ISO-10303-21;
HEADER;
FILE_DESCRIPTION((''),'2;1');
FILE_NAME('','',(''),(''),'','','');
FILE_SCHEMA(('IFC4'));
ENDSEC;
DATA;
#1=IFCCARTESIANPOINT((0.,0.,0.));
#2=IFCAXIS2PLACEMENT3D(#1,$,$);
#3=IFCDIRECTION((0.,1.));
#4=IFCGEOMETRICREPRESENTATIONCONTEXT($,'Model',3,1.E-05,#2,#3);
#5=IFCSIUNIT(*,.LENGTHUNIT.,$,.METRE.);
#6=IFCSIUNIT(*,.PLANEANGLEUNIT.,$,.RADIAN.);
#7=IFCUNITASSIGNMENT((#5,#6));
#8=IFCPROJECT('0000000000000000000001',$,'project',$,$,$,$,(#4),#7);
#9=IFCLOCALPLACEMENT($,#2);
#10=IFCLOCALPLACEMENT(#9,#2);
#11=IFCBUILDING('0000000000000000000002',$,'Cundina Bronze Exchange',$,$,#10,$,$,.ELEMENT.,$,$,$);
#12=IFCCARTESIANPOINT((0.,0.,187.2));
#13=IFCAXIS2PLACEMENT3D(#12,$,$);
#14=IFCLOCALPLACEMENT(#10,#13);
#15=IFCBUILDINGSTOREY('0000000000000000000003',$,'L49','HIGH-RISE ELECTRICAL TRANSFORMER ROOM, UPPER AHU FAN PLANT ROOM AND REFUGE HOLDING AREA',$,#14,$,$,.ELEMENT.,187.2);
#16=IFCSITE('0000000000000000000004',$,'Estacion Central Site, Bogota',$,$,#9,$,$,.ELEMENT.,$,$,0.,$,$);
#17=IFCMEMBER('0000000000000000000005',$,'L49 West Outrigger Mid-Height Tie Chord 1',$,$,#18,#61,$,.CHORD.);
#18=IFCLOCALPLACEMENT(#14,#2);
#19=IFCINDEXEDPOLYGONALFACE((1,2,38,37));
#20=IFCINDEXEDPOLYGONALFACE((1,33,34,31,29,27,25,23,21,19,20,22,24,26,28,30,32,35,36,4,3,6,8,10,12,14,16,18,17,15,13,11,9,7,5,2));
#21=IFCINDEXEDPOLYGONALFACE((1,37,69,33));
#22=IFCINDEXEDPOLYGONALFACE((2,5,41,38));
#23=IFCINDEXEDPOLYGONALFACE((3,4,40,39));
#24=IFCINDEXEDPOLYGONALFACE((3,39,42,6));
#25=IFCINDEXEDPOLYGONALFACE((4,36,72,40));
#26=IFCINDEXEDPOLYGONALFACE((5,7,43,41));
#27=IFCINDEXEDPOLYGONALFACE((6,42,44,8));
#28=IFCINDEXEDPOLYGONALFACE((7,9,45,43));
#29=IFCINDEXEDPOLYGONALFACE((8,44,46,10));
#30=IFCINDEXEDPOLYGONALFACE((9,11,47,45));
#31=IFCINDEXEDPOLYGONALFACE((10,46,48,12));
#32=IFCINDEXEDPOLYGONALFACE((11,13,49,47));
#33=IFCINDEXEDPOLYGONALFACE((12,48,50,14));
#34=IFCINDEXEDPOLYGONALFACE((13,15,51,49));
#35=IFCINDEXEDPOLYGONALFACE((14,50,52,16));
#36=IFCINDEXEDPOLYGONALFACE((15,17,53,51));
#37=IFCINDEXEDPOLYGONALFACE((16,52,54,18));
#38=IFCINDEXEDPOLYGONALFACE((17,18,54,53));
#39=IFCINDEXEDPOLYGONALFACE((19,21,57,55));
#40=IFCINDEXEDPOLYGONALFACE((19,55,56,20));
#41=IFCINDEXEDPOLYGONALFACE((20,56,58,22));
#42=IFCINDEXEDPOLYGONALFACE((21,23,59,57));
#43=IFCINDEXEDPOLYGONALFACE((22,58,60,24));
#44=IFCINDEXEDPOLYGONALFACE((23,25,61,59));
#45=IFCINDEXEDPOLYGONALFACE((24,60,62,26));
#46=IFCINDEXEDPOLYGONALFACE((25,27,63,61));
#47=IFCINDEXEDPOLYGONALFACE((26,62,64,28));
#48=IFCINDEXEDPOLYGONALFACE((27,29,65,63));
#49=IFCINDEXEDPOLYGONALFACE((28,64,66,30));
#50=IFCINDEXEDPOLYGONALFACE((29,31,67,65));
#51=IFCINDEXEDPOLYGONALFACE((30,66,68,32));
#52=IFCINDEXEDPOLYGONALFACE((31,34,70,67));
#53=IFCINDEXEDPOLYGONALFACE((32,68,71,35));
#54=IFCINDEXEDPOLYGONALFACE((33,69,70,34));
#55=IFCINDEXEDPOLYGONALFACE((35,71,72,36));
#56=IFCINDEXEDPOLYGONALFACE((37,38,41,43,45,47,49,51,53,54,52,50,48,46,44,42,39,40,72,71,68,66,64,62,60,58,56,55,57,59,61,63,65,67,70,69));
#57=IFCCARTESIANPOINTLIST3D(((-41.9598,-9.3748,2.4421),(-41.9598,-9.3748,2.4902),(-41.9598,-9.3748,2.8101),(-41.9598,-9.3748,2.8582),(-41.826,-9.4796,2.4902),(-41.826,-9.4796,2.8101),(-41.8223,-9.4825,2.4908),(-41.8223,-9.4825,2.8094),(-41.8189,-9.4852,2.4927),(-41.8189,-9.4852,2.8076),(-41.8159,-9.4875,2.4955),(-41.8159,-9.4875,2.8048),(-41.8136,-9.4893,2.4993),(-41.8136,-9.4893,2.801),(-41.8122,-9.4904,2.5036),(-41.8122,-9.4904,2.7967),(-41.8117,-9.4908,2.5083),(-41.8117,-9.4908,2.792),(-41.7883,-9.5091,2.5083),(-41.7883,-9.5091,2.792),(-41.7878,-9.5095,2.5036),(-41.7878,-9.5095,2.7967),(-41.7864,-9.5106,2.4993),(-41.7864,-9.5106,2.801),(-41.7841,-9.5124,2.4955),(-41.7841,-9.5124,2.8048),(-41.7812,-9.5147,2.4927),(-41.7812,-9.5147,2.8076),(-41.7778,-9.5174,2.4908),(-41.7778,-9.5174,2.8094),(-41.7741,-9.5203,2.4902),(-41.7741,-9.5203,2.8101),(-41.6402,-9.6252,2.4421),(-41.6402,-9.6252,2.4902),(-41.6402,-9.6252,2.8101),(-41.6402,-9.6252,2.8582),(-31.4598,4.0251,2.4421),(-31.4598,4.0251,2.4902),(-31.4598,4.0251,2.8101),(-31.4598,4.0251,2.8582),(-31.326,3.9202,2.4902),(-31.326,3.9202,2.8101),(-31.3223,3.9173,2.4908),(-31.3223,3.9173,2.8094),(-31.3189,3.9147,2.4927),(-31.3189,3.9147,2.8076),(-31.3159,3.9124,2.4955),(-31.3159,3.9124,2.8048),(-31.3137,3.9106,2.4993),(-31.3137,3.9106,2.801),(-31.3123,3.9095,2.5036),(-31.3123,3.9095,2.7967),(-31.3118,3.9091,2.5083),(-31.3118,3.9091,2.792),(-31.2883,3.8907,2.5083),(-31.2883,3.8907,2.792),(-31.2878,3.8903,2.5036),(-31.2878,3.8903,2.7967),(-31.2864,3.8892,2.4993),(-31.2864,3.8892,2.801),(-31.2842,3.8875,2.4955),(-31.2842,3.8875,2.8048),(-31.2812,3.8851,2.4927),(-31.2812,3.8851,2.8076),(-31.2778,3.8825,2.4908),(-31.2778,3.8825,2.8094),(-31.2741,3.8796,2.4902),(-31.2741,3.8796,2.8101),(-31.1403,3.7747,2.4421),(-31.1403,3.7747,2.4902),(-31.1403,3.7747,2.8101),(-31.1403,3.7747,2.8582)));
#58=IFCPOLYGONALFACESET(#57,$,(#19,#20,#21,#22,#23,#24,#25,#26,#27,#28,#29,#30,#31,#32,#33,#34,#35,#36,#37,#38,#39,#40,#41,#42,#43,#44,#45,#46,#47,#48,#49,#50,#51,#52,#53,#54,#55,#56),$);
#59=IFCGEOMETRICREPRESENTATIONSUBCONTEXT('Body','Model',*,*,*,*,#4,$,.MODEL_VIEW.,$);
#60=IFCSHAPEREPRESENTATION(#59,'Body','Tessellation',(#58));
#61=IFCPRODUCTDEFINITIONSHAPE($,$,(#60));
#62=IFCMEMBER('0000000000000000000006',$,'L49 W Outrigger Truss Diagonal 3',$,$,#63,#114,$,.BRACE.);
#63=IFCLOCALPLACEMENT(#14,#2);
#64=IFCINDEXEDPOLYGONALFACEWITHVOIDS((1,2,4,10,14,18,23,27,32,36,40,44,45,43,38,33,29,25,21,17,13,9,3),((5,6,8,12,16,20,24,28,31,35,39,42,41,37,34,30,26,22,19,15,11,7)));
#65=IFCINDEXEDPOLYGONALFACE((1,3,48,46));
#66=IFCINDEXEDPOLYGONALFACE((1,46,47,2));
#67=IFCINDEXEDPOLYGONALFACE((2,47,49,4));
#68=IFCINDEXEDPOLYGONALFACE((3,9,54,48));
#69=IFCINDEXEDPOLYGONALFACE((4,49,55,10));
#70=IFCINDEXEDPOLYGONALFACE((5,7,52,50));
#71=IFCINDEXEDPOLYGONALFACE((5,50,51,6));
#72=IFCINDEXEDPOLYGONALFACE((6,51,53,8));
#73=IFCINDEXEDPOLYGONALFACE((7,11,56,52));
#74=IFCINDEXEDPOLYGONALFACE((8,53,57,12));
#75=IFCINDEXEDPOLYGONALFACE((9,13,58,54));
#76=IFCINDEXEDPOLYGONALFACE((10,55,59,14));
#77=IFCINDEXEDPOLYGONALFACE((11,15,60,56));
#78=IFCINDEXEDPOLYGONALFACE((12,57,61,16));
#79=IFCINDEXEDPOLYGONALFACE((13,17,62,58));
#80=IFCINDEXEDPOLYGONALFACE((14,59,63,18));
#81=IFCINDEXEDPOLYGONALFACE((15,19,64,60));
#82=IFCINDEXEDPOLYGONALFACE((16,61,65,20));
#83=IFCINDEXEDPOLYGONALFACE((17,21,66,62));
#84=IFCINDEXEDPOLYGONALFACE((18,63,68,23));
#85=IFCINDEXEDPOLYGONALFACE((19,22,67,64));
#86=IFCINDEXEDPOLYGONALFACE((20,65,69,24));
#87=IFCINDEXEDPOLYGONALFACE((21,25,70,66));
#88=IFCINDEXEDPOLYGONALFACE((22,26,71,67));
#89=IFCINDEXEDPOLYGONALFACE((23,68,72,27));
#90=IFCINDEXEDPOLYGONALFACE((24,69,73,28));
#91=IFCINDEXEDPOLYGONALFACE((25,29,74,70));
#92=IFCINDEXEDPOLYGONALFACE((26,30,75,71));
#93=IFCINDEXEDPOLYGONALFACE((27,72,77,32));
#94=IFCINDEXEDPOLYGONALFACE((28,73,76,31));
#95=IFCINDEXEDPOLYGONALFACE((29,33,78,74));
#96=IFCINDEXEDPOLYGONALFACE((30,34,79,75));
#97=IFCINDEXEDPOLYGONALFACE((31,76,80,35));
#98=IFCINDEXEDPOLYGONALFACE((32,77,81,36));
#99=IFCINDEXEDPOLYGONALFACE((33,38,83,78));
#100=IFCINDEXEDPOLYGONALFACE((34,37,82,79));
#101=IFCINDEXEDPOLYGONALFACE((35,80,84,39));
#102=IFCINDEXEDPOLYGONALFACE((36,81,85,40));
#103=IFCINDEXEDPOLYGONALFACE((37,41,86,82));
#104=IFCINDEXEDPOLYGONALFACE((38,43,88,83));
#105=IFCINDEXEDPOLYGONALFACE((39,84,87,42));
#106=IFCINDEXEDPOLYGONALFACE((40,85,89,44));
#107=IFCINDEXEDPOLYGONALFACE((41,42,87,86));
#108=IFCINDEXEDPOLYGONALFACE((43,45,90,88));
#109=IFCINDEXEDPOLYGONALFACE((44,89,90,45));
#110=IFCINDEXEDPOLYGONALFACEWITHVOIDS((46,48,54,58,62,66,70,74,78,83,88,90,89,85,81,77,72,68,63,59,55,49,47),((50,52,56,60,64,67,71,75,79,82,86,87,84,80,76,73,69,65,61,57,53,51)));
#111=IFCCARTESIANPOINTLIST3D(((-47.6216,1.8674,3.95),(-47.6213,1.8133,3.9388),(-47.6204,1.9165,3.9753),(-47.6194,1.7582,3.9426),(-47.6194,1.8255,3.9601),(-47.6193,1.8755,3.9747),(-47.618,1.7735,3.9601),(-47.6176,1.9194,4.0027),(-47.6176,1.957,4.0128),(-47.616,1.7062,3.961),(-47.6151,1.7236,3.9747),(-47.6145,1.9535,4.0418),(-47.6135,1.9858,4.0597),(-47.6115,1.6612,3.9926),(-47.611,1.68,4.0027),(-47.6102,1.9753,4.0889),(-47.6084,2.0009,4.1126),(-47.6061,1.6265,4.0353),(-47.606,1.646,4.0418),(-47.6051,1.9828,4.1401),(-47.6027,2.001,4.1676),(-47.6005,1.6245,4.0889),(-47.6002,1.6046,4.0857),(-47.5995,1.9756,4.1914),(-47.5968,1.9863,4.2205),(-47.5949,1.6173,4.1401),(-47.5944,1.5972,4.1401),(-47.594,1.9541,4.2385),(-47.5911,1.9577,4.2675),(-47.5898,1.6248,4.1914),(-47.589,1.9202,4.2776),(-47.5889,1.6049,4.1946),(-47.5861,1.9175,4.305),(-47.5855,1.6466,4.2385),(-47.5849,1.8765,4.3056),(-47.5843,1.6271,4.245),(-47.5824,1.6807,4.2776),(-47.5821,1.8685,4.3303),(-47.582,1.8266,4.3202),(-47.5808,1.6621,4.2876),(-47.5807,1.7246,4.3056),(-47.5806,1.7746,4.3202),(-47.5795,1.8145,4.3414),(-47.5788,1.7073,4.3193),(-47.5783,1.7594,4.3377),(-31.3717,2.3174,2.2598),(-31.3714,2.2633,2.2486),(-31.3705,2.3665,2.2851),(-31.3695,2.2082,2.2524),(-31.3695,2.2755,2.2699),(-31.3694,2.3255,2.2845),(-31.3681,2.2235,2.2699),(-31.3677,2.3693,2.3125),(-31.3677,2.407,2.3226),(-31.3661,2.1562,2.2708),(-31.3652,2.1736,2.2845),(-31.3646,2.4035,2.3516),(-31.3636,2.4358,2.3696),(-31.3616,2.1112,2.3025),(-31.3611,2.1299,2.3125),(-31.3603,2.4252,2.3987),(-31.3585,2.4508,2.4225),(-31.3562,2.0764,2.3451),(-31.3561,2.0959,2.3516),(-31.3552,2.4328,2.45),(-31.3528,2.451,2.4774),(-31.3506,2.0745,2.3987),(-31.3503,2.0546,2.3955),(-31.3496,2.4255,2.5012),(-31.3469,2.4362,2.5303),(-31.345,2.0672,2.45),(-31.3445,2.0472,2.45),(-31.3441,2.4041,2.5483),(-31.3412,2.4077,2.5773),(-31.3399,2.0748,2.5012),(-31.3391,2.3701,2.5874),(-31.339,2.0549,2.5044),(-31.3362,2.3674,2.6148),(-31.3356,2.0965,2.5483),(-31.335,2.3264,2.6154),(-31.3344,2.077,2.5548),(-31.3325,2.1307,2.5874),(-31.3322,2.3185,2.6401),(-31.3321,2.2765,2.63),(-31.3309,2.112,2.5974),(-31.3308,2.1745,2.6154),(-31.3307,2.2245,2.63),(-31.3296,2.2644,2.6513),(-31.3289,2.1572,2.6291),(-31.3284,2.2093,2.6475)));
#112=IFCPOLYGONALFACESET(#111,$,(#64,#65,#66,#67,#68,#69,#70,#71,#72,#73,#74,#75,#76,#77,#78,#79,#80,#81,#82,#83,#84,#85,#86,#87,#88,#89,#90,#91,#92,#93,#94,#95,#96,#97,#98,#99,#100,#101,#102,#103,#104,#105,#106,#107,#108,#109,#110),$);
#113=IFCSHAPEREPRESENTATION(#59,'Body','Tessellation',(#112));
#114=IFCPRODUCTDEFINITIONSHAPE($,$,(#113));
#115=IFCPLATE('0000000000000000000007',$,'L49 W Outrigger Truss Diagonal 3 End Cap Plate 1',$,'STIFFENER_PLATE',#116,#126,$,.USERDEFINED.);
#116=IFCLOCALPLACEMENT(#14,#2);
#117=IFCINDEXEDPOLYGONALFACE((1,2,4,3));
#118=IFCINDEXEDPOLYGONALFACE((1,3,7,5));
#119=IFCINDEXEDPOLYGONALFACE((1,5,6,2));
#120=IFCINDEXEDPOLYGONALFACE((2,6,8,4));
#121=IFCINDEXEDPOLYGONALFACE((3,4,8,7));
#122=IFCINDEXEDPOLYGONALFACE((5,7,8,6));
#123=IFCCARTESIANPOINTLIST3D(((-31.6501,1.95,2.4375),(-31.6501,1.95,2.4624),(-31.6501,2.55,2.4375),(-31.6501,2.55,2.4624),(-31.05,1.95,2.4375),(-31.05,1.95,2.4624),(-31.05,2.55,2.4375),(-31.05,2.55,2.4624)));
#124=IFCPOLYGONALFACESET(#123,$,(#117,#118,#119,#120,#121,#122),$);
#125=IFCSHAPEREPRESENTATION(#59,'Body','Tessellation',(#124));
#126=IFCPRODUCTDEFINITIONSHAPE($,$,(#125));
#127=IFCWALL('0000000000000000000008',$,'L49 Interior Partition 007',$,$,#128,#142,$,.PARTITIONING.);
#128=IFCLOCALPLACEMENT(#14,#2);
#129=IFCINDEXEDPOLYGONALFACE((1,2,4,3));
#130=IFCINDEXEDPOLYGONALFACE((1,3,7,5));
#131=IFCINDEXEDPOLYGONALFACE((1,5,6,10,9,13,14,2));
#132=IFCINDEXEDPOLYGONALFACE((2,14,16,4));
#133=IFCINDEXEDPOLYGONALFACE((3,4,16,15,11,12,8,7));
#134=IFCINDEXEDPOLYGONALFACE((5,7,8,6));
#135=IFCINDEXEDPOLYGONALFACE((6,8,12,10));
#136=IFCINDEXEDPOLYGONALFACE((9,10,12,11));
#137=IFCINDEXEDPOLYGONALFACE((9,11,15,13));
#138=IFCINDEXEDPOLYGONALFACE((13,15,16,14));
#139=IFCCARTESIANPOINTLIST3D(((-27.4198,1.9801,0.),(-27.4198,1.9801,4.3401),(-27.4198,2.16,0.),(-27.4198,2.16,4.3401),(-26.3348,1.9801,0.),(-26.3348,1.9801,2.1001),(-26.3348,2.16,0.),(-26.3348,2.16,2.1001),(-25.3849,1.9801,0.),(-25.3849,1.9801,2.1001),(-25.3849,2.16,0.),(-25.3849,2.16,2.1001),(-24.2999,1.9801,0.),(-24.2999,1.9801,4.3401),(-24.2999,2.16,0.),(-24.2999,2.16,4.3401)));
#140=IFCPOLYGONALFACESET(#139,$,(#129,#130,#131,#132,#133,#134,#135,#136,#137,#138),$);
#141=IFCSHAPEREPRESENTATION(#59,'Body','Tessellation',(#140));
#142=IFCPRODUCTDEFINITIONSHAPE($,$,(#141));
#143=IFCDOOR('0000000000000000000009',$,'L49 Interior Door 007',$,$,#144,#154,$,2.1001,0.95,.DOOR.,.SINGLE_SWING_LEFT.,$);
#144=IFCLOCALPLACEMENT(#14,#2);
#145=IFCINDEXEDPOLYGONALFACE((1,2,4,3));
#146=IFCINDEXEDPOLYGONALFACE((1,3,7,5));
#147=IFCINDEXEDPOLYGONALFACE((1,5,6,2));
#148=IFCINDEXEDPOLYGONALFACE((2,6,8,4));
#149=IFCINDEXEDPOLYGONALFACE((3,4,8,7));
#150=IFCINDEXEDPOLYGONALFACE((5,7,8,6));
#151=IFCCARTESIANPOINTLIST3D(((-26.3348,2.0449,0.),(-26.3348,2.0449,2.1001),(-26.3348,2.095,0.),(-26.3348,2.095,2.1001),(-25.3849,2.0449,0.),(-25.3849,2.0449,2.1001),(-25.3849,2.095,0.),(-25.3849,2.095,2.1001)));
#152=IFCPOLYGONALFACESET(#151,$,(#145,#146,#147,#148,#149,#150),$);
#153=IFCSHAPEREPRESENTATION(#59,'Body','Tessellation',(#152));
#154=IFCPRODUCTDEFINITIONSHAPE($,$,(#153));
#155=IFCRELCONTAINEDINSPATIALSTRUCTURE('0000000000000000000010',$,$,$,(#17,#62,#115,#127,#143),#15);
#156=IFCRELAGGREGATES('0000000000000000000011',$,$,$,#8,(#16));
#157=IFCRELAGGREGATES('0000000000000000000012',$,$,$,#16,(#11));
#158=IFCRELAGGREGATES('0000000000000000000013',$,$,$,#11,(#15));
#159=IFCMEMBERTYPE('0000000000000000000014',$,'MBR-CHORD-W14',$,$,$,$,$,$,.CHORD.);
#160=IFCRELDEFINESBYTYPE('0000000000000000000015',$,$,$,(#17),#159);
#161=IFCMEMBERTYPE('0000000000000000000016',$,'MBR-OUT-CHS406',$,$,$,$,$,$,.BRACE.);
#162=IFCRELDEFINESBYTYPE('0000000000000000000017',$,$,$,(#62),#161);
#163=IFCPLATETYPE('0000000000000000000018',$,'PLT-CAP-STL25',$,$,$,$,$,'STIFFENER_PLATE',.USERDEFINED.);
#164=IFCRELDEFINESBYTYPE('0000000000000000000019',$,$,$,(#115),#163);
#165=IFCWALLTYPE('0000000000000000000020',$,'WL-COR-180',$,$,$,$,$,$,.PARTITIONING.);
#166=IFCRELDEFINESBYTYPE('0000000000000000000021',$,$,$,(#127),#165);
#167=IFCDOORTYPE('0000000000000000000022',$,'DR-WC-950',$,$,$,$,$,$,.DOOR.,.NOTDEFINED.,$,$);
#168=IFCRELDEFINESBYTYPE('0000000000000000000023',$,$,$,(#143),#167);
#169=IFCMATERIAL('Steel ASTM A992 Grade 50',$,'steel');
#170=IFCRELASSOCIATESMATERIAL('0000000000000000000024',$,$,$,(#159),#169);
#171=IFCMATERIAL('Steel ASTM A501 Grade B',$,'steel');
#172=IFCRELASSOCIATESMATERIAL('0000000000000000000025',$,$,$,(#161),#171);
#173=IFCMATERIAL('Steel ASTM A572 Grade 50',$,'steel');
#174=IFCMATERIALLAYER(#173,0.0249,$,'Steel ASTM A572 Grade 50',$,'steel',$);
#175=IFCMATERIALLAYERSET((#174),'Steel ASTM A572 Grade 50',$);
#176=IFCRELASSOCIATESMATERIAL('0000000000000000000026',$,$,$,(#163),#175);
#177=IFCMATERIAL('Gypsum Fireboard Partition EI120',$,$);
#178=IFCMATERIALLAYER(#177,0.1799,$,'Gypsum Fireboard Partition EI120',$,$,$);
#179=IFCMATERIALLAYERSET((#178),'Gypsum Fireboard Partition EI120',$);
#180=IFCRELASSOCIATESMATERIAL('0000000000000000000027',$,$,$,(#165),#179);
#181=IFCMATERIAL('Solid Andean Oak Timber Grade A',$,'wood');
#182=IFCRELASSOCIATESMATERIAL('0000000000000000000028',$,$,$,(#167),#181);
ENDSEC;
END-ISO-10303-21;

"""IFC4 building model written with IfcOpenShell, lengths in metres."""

from ifc_helpers import new_model, si_unit, direction, frame, frame_2d, origin, origin_2d, place, context, subcontext, project, spatial, rectangle, hollow_circle, i_section, extrude, material, layer, layer_set, material_profile, profile_set, type_object, element, fill, save


model = new_model("IFC4")

# Units and contexts
model_context = context("Model", 3, precision=1e-05, world=origin(), true_north=direction((0.0, 1.0)))
body_context = subcontext(model_context, "Body", "Model", "MODEL_VIEW")
ifc_project = project(units=[si_unit("LENGTHUNIT", "METRE"), si_unit("PLANEANGLEUNIT", "RADIAN")], contexts=[model_context])

# Site, building, storey
site_placement = place(None, origin())
site = spatial("IfcSite", under=ifc_project, at=site_placement, Name="Estacion Central Site, Bogota", CompositionType="ELEMENT", RefElevation=0.0)
building_placement = place(site_placement, origin())
building = spatial("IfcBuilding", under=site, at=building_placement, Name="Cundina Bronze Exchange", CompositionType="ELEMENT")
storey_placement = place(building_placement, frame((0.0, 0.0, 187.2)))
storey = spatial("IfcBuildingStorey", under=building, at=storey_placement, Name="L49", Description="HIGH-RISE ELECTRICAL TRANSFORMER ROOM, UPPER AHU FAN PLANT ROOM AND REFUGE HOLDING AREA", CompositionType="ELEMENT", Elevation=187.2)

# Shared definitions
ifc_material_1 = material(Name="Steel ASTM A992 Grade 50", Category="steel")

# Members
ifc_material_profile_1 = material_profile(ifc_material_1, i_section(OverallWidth=0.406, OverallDepth=0.416, WebThickness=0.0298, FlangeThickness=0.0481, FilletRadius=0.0181, at=origin_2d()), Name="W14X257", Category="steel")
ifc_profile_set_1 = profile_set([ifc_material_profile_1], Name="Steel ASTM A992 Grade 50")
member_type_1 = type_object("IfcMemberType", Name="MBR-CHORD-W14", PredefinedType="CHORD", material=ifc_profile_set_1)
member_1_placement = place(storey_placement, frame((-31.3, 3.8999, 2.6501), z_axis=(-0.616786, -0.787131, 0.0), x_axis=(0.787131, -0.616786, 0.0)))
element("IfcMember", 1, at=member_1_placement, inside=storey, type_object=member_type_1, Name="L49 West Outrigger Mid-Height Tie Chord 1", PredefinedType="CHORD", context=body_context, shape_type="SweptSolid", body=[
    extrude(i_section(OverallWidth=0.406, OverallDepth=0.416, WebThickness=0.0298, FlangeThickness=0.0481, FilletRadius=0.0181, at=origin_2d()), origin(), (0.0, 0.0, 1.0), 17.0237),
])
ifc_material_2 = material(Name="Steel ASTM A501 Grade B", Category="steel")
ifc_material_profile_2 = material_profile(ifc_material_2, hollow_circle(Radius=0.2029, WallThickness=0.02, at=origin_2d()), Name="CHS406X20", Category="steel")
ifc_profile_set_2 = profile_set([ifc_material_profile_2], Name="Steel ASTM A501 Grade B")
member_type_2 = type_object("IfcMemberType", Name="MBR-OUT-CHS406", PredefinedType="BRACE", material=ifc_profile_set_2)
member_2_placement = place(storey_placement, frame((-31.3501, 2.25, 2.45), z_axis=(-0.994257, -0.02753, 0.103414), x_axis=(0.027679, -0.999617, 0.0)))
element("IfcMember", 2, at=member_2_placement, inside=storey, type_object=member_type_2, Name="L49 W Outrigger Truss Diagonal 3", PredefinedType="BRACE", context=body_context, shape_type="SweptSolid", body=[
    extrude(hollow_circle(Radius=0.2029, WallThickness=0.02, at=origin_2d()), origin(), (0.0, 0.0, 1.0), 16.3438),
])

# Plate
ifc_material_3 = material(Name="Steel ASTM A572 Grade 50", Category="steel")
ifc_layer_1 = layer(ifc_material_3, 0.0249, Name="Steel ASTM A572 Grade 50", Category="steel")
ifc_layer_set_1 = layer_set([ifc_layer_1], Name="Steel ASTM A572 Grade 50")
plate_type = type_object("IfcPlateType", Name="PLT-CAP-STL25", ElementType="STIFFENER_PLATE", PredefinedType="USERDEFINED", material=ifc_layer_set_1)
plate_placement = place(storey_placement, frame((-31.3501, 2.25, 2.4375), z_axis=(0.0, 0.0, 1.0), x_axis=(1.0, 0.0, 0.0)))
element("IfcPlate", 3, at=plate_placement, inside=storey, type_object=plate_type, Name="L49 W Outrigger Truss Diagonal 3 End Cap Plate 1", ObjectType="STIFFENER_PLATE", PredefinedType="USERDEFINED", context=body_context, shape_type="SweptSolid", body=[
    extrude(rectangle(XDim=0.6001, YDim=0.6001, at=origin_2d()), origin(), (0.0, 0.0, 1.0), 0.0249),
])

# Wall, opening, door
ifc_material_4 = material(Name="Gypsum Fireboard Partition EI120")
ifc_layer_2 = layer(ifc_material_4, 0.1799, Name="Gypsum Fireboard Partition EI120")
ifc_layer_set_2 = layer_set([ifc_layer_2], Name="Gypsum Fireboard Partition EI120")
wall_type_1 = type_object("IfcWallType", Name="WL-COR-180", PredefinedType="PARTITIONING", material=ifc_layer_set_2)
wall_1_placement = place(storey_placement, frame((-27.4199, 2.0701, 0.0), z_axis=(0.0, 0.0, 1.0), x_axis=(1.0, 0.0, 0.0)))
wall_1 = element("IfcWall", 4, at=wall_1_placement, inside=storey, type_object=wall_type_1, Name="L49 Interior Partition 007", PredefinedType="PARTITIONING", context=body_context, shape_type="SweptSolid", body=[
    extrude(rectangle(XDim=3.1199, YDim=0.1799, at=frame_2d((1.5601, 0.0))), origin(), (0.0, 0.0, 1.0), 4.3401),
])
opening_1_placement = place(wall_1_placement, frame((1.085, 0.0, 0.0)))
opening_1 = element("IfcOpeningElement", 5, at=opening_1_placement, cuts=wall_1, PredefinedType="OPENING", context=body_context, shape_type="SweptSolid", body=[
    extrude(rectangle(XDim=0.95, YDim=2.1001, at=frame_2d((0.4751, 1.05))), frame((0.0, 0.0999, 0.0), z_axis=(0.0, -1.0, 0.0), x_axis=(1.0, 0.0, 0.0)), (0.0, 0.0, 1.0), 0.2),
])
ifc_material_5 = material(Name="Solid Andean Oak Timber Grade A", Category="wood")
door_type_1 = type_object("IfcDoorType", Name="DR-WC-950", OperationType="NOTDEFINED", PredefinedType="DOOR", material=ifc_material_5)
door_1_placement = place(opening_1_placement, origin())
door_1 = element("IfcDoor", 6, at=door_1_placement, inside=storey, type_object=door_type_1, Name="L49 Interior Door 007", OperationType="SINGLE_SWING_LEFT", OverallHeight=2.1001, OverallWidth=0.95, PredefinedType="DOOR", context=body_context, shape_type="SweptSolid", body=[
    extrude(rectangle(XDim=0.95, YDim=2.1001, at=frame_2d((0.4751, 1.05))), frame((0.0, 0.0249, 0.0), z_axis=(0.0, -1.0, 0.0), x_axis=(1.0, 0.0, 0.0)), (0.0, 0.0, 1.0), 0.05),
])
fill(opening_1, door_1)

save(model, "model.ifc")
